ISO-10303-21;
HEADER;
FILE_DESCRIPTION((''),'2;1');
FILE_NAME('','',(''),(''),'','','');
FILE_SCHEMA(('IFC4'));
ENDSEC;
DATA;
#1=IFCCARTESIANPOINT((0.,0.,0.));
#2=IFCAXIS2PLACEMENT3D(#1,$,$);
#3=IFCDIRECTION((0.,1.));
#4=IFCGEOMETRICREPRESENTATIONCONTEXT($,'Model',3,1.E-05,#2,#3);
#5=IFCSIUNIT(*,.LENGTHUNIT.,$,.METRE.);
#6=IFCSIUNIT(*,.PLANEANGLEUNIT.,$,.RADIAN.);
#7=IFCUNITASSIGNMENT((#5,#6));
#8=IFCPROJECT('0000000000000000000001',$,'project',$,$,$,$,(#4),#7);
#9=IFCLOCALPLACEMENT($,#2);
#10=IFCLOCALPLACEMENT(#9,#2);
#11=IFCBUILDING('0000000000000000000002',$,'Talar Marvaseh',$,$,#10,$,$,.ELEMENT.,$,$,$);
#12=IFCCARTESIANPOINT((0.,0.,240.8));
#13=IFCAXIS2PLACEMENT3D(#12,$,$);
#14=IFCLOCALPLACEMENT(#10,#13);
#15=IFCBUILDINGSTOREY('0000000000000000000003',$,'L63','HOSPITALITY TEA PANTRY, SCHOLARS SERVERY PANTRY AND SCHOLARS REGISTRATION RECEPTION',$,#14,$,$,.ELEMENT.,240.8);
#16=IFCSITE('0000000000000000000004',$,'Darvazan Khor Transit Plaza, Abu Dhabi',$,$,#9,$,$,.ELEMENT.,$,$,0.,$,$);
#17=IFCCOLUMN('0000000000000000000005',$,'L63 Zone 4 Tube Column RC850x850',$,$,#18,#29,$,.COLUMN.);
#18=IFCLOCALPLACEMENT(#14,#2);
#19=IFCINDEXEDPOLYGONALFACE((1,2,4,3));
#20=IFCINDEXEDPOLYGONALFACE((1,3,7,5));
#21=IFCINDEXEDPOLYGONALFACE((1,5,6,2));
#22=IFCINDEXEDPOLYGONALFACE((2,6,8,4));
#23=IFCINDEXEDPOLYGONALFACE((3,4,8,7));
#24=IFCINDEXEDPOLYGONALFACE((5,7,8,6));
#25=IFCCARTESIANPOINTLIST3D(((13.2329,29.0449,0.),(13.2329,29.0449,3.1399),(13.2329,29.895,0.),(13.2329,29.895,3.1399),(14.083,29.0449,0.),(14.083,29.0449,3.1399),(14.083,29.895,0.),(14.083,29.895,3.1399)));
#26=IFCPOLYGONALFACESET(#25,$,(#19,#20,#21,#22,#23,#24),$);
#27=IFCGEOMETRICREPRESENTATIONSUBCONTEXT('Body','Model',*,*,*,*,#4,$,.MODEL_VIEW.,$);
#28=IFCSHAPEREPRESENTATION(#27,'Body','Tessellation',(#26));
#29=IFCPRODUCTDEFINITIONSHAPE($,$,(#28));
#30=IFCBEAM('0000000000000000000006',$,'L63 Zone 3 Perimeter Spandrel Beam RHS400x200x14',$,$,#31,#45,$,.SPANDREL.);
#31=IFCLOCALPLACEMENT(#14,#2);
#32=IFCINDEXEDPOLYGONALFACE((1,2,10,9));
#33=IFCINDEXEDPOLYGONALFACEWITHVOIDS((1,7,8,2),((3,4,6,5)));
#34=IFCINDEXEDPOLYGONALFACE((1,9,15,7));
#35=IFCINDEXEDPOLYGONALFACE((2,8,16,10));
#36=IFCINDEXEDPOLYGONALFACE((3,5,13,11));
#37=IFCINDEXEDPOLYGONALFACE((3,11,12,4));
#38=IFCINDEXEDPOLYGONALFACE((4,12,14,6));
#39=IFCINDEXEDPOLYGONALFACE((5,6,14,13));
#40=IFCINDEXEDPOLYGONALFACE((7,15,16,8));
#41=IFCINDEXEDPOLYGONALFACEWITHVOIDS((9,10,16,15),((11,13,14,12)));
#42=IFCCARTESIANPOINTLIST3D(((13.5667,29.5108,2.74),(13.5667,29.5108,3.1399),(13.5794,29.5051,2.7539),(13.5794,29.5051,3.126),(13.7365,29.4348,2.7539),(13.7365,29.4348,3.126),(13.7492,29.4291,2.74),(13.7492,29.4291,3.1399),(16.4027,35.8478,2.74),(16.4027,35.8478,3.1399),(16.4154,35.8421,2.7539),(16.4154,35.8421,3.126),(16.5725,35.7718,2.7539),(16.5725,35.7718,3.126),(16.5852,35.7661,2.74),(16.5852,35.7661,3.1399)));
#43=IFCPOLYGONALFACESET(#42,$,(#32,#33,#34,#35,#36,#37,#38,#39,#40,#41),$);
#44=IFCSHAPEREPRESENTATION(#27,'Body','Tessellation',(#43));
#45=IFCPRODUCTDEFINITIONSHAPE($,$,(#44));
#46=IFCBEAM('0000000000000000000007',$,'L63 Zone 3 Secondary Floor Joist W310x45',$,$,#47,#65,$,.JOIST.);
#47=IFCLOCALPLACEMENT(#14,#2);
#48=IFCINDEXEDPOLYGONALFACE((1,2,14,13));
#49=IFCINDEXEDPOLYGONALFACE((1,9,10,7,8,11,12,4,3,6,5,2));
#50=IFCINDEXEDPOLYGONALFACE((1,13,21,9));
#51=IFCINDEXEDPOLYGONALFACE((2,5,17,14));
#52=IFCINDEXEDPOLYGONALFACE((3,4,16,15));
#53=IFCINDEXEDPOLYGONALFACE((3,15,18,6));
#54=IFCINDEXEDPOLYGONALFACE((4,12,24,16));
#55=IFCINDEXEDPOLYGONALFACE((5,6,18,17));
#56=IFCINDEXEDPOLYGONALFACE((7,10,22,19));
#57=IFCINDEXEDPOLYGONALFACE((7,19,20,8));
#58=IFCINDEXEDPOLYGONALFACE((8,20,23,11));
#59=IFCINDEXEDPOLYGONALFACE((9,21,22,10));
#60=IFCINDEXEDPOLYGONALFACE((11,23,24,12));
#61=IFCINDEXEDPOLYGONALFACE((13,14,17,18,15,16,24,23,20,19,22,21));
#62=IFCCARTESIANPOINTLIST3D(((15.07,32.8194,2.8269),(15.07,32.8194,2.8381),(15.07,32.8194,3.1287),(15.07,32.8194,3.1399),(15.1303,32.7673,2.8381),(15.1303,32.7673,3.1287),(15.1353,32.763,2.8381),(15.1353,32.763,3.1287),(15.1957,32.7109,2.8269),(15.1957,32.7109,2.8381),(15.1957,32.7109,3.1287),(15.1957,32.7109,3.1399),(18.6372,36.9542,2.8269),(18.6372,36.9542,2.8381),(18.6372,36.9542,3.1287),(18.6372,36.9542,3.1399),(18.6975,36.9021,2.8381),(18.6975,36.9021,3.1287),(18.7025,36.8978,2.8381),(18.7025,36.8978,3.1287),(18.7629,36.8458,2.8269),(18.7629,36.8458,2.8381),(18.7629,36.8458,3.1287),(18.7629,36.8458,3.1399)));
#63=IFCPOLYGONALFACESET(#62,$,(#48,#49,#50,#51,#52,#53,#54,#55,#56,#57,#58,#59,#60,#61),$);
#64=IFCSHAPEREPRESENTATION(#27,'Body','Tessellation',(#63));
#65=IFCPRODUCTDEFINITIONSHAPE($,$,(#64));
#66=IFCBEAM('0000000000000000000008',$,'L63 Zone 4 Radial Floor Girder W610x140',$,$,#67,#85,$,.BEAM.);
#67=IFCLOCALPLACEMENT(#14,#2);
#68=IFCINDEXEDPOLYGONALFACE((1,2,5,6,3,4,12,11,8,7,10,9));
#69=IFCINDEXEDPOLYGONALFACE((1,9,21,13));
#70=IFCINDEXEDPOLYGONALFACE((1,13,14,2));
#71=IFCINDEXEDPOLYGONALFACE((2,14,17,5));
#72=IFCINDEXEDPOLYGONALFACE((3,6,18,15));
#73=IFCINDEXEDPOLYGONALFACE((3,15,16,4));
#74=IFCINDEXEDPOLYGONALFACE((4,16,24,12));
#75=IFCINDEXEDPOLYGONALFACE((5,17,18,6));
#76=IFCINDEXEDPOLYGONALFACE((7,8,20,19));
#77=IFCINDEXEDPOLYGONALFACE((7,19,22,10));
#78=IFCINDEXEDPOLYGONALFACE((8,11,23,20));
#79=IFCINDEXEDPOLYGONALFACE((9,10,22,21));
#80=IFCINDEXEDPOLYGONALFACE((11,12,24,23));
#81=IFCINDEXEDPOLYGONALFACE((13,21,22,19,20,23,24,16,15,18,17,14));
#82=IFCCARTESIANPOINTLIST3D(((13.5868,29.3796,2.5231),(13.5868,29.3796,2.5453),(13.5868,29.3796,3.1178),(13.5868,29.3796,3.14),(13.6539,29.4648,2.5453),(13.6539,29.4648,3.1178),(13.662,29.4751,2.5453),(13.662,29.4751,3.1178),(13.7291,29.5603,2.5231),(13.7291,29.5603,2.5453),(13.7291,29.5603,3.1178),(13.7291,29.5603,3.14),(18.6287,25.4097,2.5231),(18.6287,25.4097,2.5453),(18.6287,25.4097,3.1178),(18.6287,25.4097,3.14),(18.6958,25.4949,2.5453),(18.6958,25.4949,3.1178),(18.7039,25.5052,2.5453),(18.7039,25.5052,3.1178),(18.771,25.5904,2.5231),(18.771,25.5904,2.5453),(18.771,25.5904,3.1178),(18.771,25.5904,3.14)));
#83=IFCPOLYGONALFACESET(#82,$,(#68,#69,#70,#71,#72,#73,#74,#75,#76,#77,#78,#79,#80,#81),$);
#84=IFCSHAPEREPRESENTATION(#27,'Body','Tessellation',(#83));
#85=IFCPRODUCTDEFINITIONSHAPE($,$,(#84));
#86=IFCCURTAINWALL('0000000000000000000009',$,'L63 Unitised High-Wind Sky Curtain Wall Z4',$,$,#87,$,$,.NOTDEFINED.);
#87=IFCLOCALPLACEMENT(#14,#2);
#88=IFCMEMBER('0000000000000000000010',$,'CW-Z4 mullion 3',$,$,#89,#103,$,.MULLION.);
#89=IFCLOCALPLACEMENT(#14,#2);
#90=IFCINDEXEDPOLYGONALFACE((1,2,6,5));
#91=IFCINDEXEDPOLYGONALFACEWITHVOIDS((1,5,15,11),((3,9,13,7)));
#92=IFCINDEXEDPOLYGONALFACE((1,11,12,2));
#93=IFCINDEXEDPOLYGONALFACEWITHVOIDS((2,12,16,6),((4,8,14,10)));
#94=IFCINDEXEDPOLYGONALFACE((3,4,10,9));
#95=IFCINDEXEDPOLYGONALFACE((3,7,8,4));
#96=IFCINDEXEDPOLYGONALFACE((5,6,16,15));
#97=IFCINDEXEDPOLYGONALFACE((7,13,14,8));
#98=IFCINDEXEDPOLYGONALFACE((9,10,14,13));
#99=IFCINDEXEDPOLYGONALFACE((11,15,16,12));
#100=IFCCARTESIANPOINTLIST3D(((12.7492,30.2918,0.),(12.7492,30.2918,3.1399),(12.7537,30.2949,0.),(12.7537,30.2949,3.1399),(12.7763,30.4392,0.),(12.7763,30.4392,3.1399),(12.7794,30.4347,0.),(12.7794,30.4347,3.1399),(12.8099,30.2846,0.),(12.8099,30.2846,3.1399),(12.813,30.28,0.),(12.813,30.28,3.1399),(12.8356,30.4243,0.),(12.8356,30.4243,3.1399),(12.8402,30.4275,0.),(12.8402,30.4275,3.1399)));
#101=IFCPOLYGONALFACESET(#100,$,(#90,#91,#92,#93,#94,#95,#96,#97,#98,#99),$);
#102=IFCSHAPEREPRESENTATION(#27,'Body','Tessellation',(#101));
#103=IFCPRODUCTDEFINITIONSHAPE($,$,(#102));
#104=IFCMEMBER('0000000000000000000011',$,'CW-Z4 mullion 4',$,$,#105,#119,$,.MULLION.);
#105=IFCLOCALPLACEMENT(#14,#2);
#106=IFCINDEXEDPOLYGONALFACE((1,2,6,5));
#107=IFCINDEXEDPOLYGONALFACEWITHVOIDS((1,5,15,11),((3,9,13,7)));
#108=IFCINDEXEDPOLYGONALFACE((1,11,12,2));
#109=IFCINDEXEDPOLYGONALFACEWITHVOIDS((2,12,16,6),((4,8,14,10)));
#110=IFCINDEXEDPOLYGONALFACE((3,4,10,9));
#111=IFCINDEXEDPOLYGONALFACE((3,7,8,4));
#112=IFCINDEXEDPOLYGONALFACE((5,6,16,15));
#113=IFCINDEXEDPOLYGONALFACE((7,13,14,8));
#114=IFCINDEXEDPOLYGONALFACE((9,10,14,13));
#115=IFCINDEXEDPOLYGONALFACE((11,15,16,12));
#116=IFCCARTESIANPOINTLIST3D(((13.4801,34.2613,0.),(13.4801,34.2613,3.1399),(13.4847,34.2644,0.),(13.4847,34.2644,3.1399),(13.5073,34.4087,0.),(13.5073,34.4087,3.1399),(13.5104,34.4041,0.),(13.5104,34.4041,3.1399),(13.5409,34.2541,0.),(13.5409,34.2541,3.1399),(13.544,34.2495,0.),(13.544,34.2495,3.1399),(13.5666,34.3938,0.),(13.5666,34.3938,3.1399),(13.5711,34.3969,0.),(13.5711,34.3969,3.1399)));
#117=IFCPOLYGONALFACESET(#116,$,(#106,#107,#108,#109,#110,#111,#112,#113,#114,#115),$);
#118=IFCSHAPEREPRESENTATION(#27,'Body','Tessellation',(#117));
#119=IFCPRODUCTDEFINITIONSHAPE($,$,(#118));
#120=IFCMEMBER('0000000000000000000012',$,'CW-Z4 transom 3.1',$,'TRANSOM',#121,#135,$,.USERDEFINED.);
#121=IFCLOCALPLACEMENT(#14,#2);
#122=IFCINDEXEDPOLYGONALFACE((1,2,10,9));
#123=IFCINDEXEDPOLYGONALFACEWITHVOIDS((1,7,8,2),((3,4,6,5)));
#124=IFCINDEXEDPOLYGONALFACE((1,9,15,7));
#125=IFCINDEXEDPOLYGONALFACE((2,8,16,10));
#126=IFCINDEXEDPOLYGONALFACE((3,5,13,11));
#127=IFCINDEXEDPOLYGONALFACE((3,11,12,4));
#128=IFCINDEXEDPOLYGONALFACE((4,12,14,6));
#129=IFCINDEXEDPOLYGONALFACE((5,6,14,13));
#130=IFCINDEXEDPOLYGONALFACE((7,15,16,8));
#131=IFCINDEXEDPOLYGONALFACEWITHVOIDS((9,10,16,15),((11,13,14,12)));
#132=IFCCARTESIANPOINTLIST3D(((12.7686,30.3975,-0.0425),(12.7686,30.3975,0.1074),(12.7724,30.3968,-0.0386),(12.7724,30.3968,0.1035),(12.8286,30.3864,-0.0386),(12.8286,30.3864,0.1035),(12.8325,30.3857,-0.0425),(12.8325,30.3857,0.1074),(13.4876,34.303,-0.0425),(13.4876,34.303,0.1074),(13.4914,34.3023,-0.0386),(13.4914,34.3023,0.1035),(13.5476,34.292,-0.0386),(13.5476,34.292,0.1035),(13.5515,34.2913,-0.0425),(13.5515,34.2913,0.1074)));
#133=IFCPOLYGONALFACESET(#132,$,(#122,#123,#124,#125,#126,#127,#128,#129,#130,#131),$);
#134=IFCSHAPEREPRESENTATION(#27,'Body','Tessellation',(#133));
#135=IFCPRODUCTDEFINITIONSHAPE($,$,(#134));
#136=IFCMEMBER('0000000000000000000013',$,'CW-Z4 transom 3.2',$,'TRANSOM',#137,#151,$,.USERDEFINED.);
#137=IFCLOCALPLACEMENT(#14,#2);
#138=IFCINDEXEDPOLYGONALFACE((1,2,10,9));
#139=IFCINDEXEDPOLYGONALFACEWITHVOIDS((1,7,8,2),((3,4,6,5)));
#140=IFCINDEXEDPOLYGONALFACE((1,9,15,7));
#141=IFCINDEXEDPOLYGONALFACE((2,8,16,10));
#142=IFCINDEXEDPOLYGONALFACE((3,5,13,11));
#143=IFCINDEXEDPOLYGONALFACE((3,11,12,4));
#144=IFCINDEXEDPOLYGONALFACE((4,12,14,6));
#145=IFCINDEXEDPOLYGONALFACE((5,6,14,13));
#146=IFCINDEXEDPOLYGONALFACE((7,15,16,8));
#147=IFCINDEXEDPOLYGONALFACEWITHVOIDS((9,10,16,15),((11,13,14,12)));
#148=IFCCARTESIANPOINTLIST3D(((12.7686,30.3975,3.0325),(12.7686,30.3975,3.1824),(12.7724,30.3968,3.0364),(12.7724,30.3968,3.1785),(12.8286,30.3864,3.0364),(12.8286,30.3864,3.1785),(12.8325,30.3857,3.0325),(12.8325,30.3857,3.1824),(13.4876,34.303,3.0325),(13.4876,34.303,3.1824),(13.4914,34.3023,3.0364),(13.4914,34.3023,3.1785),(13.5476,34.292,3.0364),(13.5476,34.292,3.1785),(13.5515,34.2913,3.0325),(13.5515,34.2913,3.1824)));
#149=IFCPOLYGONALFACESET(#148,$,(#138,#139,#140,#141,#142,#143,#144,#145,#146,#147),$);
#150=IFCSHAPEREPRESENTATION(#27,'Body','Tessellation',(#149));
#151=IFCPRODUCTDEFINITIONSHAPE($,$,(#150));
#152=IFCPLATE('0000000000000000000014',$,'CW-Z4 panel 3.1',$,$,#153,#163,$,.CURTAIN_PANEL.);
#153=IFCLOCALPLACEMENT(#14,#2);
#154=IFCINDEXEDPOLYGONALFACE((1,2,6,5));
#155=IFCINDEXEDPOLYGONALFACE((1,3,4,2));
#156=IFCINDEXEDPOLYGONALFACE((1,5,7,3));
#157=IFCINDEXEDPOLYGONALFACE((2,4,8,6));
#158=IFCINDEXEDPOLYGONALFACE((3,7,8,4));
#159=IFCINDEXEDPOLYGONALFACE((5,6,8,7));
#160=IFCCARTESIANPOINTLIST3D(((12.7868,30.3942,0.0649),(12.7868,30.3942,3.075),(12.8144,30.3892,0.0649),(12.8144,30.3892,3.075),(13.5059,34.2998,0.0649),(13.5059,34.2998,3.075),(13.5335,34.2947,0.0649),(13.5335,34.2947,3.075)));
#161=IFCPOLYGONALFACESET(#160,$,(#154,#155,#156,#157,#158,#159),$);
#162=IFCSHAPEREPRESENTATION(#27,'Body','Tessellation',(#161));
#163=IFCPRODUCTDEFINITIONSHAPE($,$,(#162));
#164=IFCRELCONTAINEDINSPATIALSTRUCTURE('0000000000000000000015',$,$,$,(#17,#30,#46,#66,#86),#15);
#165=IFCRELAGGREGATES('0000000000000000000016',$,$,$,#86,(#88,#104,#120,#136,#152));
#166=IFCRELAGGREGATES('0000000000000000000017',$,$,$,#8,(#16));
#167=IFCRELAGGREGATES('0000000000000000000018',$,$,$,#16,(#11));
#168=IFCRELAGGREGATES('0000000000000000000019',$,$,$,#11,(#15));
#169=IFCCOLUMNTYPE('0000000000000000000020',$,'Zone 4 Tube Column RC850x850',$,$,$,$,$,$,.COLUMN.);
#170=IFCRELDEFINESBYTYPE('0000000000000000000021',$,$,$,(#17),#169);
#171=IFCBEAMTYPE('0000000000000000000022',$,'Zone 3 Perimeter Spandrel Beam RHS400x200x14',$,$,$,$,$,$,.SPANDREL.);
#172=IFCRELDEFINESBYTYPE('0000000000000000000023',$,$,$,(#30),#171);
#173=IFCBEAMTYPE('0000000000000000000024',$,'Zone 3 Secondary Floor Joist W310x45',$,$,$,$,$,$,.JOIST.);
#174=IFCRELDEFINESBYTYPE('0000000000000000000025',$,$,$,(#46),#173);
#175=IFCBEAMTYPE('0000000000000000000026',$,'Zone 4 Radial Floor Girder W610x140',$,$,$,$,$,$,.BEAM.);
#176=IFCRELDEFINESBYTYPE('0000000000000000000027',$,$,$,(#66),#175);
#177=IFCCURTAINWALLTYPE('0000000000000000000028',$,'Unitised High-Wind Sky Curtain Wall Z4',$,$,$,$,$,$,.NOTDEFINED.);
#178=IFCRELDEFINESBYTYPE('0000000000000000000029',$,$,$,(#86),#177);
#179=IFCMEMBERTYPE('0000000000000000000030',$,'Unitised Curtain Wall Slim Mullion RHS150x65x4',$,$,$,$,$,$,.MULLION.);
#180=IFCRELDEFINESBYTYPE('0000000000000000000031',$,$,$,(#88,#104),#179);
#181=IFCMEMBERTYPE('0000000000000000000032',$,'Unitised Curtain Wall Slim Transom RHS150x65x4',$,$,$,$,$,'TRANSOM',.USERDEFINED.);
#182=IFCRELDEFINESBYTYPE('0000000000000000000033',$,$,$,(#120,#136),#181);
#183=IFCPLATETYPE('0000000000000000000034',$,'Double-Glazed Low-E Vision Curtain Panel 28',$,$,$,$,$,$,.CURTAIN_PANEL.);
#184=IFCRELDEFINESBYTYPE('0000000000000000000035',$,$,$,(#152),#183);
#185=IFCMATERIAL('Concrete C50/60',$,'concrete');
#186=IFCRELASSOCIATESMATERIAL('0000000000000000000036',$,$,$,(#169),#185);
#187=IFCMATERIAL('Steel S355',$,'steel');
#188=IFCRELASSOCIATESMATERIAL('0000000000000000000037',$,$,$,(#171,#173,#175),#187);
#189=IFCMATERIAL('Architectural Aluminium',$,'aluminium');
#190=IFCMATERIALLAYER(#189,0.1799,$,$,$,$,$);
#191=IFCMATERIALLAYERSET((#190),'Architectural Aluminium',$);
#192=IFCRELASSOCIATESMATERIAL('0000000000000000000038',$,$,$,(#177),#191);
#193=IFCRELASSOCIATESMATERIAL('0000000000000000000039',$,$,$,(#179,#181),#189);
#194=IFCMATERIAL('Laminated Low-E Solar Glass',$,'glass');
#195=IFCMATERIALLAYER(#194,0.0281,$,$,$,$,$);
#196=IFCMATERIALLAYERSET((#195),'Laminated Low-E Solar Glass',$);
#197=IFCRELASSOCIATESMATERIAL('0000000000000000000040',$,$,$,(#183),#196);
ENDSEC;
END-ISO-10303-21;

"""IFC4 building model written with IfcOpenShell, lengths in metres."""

from ifc_helpers import new_model, si_unit, direction, frame, origin, origin_2d, place, context, subcontext, project, spatial, rectangle, hollow_rectangle, i_section, extrude, source, transform, mapped, material, layer, layer_set, material_profile, profile_set, type_object, type_shapes, element, aggregate, save


model = new_model("IFC4")

# Units and contexts
model_context = context("Model", 3, precision=1e-05, world=origin(), true_north=direction((0.0, 1.0)))
body_context = subcontext(model_context, "Body", "Model", "MODEL_VIEW")
ifc_project = project(units=[si_unit("LENGTHUNIT", "METRE"), si_unit("PLANEANGLEUNIT", "RADIAN")], contexts=[model_context])

# Site, building, storey
site_placement = place(None, origin())
site = spatial("IfcSite", under=ifc_project, at=site_placement, Name="Darvazan Khor Transit Plaza, Abu Dhabi", CompositionType="ELEMENT", RefElevation=0.0)
building_placement = place(site_placement, origin())
building = spatial("IfcBuilding", under=site, at=building_placement, Name="Talar Marvaseh", CompositionType="ELEMENT")
storey_placement = place(building_placement, frame((0.0, 0.0, 240.8)))
storey = spatial("IfcBuildingStorey", under=building, at=storey_placement, Name="L63", Description="HOSPITALITY TEA PANTRY, SCHOLARS SERVERY PANTRY AND SCHOLARS REGISTRATION RECEPTION", CompositionType="ELEMENT", Elevation=240.8)

# Column
ifc_material_1 = material(Name="Concrete C50/60", Category="concrete")
ifc_material_profile_1 = material_profile(ifc_material_1, rectangle(XDim=0.8501, YDim=0.8501, at=origin_2d()), Name="RC850x850")
ifc_profile_set_1 = profile_set([ifc_material_profile_1], Name="Concrete C50/60")
column_type = type_object("IfcColumnType", Name="Zone 4 Tube Column RC850x850", PredefinedType="COLUMN", material=ifc_profile_set_1)
column_placement = place(storey_placement, frame((13.658, 29.47, 0.0), z_axis=(0.0, 0.0, 1.0), x_axis=(1.0, 0.0, 0.0)))
element("IfcColumn", 1, at=column_placement, inside=storey, type_object=column_type, Name="L63 Zone 4 Tube Column RC850x850", PredefinedType="COLUMN", context=body_context, shape_type="SweptSolid", body=[
    extrude(rectangle(XDim=0.8501, YDim=0.8501, at=origin_2d()), origin(), (0.0, 0.0, 1.0), 3.1399),
])

# Beams
ifc_material_2 = material(Name="Steel S355", Category="steel")
ifc_material_profile_2 = material_profile(ifc_material_2, hollow_rectangle(XDim=0.2, YDim=0.3999, WallThickness=0.0139, at=origin_2d()), Name="RHS400x200x14")
ifc_profile_set_2 = profile_set([ifc_material_profile_2], Name="Steel S355")
beam_type_1 = type_object("IfcBeamType", Name="Zone 3 Perimeter Spandrel Beam RHS400x200x14", PredefinedType="SPANDREL", material=ifc_profile_set_2)
beam_1_placement = place(storey_placement, frame((13.658, 29.47, 2.9399), z_axis=(0.408486, 0.912764, 0.0), x_axis=(-0.912764, 0.408486, 0.0)))
element("IfcBeam", 2, at=beam_1_placement, inside=storey, type_object=beam_type_1, Name="L63 Zone 3 Perimeter Spandrel Beam RHS400x200x14", PredefinedType="SPANDREL", context=body_context, shape_type="SweptSolid", body=[
    extrude(hollow_rectangle(XDim=0.2, YDim=0.3999, WallThickness=0.0139, at=origin_2d()), origin(), (0.0, 0.0, 1.0), 6.9426),
])
ifc_material_profile_3 = material_profile(ifc_material_2, i_section(OverallWidth=0.166, OverallDepth=0.313, WebThickness=0.0066, FlangeThickness=0.0112, at=origin_2d()), Name="W310x45")
ifc_profile_set_3 = profile_set([ifc_material_profile_3], Name="Steel S355")
beam_type_2 = type_object("IfcBeamType", Name="Zone 3 Secondary Floor Joist W310x45", PredefinedType="JOIST", material=ifc_profile_set_3)
beam_2_placement = place(storey_placement, frame((15.1328, 32.7651, 2.9834), z_axis=(0.653222, 0.757167, 0.0), x_axis=(-0.757167, 0.653222, 0.0)))
element("IfcBeam", 3, at=beam_2_placement, inside=storey, type_object=beam_type_2, Name="L63 Zone 3 Secondary Floor Joist W310x45", PredefinedType="JOIST", context=body_context, shape_type="SweptSolid", body=[
    extrude(i_section(OverallWidth=0.166, OverallDepth=0.313, WebThickness=0.0066, FlangeThickness=0.0112, at=origin_2d()), origin(), (0.0, 0.0, 1.0), 5.4609),
])
ifc_material_profile_4 = material_profile(ifc_material_2, i_section(OverallWidth=0.23, OverallDepth=0.6169, WebThickness=0.0132, FlangeThickness=0.0222, at=origin_2d()), Name="W610x140")
ifc_profile_set_4 = profile_set([ifc_material_profile_4], Name="Steel S355")
beam_type_3 = type_object("IfcBeamType", Name="Zone 4 Radial Floor Girder W610x140", PredefinedType="BEAM", material=ifc_profile_set_4)
beam_3_placement = place(storey_placement, frame((13.658, 29.47, 2.8315), z_axis=(0.785682, -0.618631, 0.0), x_axis=(0.618631, 0.785682, 0.0)))
element("IfcBeam", 4, at=beam_3_placement, inside=storey, type_object=beam_type_3, Name="L63 Zone 4 Radial Floor Girder W610x140", PredefinedType="BEAM", context=body_context, shape_type="SweptSolid", body=[
    extrude(i_section(OverallWidth=0.23, OverallDepth=0.6169, WebThickness=0.0132, FlangeThickness=0.0222, at=origin_2d()), origin(), (0.0, 0.0, 1.0), 6.4172),
])

# Curtain wall, members, plate
ifc_material_3 = material(Name="Architectural Aluminium", Category="aluminium")
ifc_layer_1 = layer(ifc_material_3, 0.1799)
ifc_layer_set_1 = layer_set([ifc_layer_1], Name="Architectural Aluminium")
curtain_wall_type = type_object("IfcCurtainWallType", Name="Unitised High-Wind Sky Curtain Wall Z4", PredefinedType="NOTDEFINED", material=ifc_layer_set_1)
curtain_wall_placement = place(storey_placement, origin())
curtain_wall = element("IfcCurtainWall", 5, at=curtain_wall_placement, inside=storey, type_object=curtain_wall_type, Name="L63 Unitised High-Wind Sky Curtain Wall Z4", PredefinedType="NOTDEFINED")
ifc_material_profile_5 = material_profile(ifc_material_3, hollow_rectangle(XDim=0.0649, YDim=0.1499, WallThickness=0.0039, at=origin_2d()), Name="RHS150x65x4")
ifc_profile_set_5 = profile_set([ifc_material_profile_5], Name="Architectural Aluminium")
member_type_1 = type_object("IfcMemberType", Name="Unitised Curtain Wall Slim Mullion RHS150x65x4", PredefinedType="MULLION", material=ifc_profile_set_5)
shared_shape_1 = source(origin(), body_context, "Body", "SweptSolid", [
    extrude(hollow_rectangle(XDim=0.0649, YDim=0.1499, WallThickness=0.0039, at=origin_2d()), origin(), (0.0, 0.0, 1.0), 3.1399),
])
type_shapes(member_type_1, [shared_shape_1])
member_1_placement = place(storey_placement, frame((12.7947, 30.3596, 0.0), z_axis=(0.0, 0.0, 1.0), x_axis=(-0.983471, 0.181067, 0.0)))
member_1 = element("IfcMember", 6, at=member_1_placement, type_object=member_type_1, Name="CW-Z4 mullion 3", PredefinedType="MULLION", context=body_context, shape_type="MappedRepresentation", body=[
    mapped(shared_shape_1, transform((0.0, 0.0, 0.0), x_axis=(1.0, 0.0, 0.0), y_axis=(0.0, 1.0, 0.0), z_axis=(0.0, 0.0, 1.0), scale=1.0)),
])
member_2_placement = place(storey_placement, frame((13.5256, 34.3291, 0.0), z_axis=(0.0, 0.0, 1.0), x_axis=(-0.983471, 0.181067, 0.0)))
member_2 = element("IfcMember", 7, at=member_2_placement, type_object=member_type_1, Name="CW-Z4 mullion 4", PredefinedType="MULLION", context=body_context, shape_type="MappedRepresentation", body=[
    mapped(shared_shape_1, transform((0.0, 0.0, 0.0), x_axis=(1.0, 0.0, 0.0), y_axis=(0.0, 1.0, 0.0), z_axis=(0.0, 0.0, 1.0), scale=1.0)),
])
ifc_material_profile_6 = material_profile(ifc_material_3, hollow_rectangle(XDim=0.0649, YDim=0.1499, WallThickness=0.0039, at=origin_2d()), Name="RHS150x65x4")
ifc_profile_set_6 = profile_set([ifc_material_profile_6], Name="Architectural Aluminium")
member_type_2 = type_object("IfcMemberType", Name="Unitised Curtain Wall Slim Transom RHS150x65x4", ElementType="TRANSOM", PredefinedType="USERDEFINED", material=ifc_profile_set_6)
shared_shape_2 = source(origin(), body_context, "Body", "SweptSolid", [
    extrude(hollow_rectangle(XDim=0.0649, YDim=0.1499, WallThickness=0.0039, at=origin_2d()), origin(), (0.0, 0.0, 1.0), 3.9712),
])
type_shapes(member_type_2, [shared_shape_2])
member_3_placement = place(storey_placement, frame((12.8005, 30.3916, 0.0325), z_axis=(0.181054, 0.983473, 0.0), x_axis=(-0.983473, 0.181054, 0.0)))
member_3 = element("IfcMember", 8, at=member_3_placement, type_object=member_type_2, Name="CW-Z4 transom 3.1", ObjectType="TRANSOM", PredefinedType="USERDEFINED", context=body_context, shape_type="MappedRepresentation", body=[
    mapped(shared_shape_2, transform((0.0, 0.0, 0.0), x_axis=(1.0, 0.0, 0.0), y_axis=(0.0, 1.0, 0.0), z_axis=(0.0, 0.0, 1.0), scale=1.0)),
])
member_4_placement = place(storey_placement, frame((12.8005, 30.3916, 3.1074), z_axis=(0.181054, 0.983473, 0.0), x_axis=(-0.983473, 0.181054, 0.0)))
member_4 = element("IfcMember", 9, at=member_4_placement, type_object=member_type_2, Name="CW-Z4 transom 3.2", ObjectType="TRANSOM", PredefinedType="USERDEFINED", context=body_context, shape_type="MappedRepresentation", body=[
    mapped(shared_shape_2, transform((0.0, 0.0, 0.0), x_axis=(1.0, 0.0, 0.0), y_axis=(0.0, 1.0, 0.0), z_axis=(0.0, 0.0, 1.0), scale=1.0)),
])
ifc_material_4 = material(Name="Laminated Low-E Solar Glass", Category="glass")
ifc_layer_2 = layer(ifc_material_4, 0.0281)
ifc_layer_set_2 = layer_set([ifc_layer_2], Name="Laminated Low-E Solar Glass")
plate_type = type_object("IfcPlateType", Name="Double-Glazed Low-E Vision Curtain Panel 28", PredefinedType="CURTAIN_PANEL", material=ifc_layer_set_2)
shared_shape_3 = source(origin(), body_context, "Body", "SweptSolid", [
    extrude(rectangle(XDim=3.9712, YDim=0.0281, at=origin_2d()), origin(), (0.0, 0.0, 1.0), 3.01),
])
plate_1_placement = place(storey_placement, frame((13.1602, 32.3445, 0.0649), z_axis=(0.0, 0.0, 1.0), x_axis=(0.181067, 0.983471, 0.0)))
plate_1 = element("IfcPlate", 10, at=plate_1_placement, type_object=plate_type, Name="CW-Z4 panel 3.1", PredefinedType="CURTAIN_PANEL", context=body_context, shape_type="MappedRepresentation", body=[
    mapped(shared_shape_3, transform((0.0, 0.0, 0.0), x_axis=(1.0, 0.0, 0.0), y_axis=(0.0, 1.0, 0.0), z_axis=(0.0, 0.0, 1.0), scale=1.0)),
])
aggregate(curtain_wall, [member_1, member_2, member_3, member_4, plate_1])

save(model, "model.ifc")
